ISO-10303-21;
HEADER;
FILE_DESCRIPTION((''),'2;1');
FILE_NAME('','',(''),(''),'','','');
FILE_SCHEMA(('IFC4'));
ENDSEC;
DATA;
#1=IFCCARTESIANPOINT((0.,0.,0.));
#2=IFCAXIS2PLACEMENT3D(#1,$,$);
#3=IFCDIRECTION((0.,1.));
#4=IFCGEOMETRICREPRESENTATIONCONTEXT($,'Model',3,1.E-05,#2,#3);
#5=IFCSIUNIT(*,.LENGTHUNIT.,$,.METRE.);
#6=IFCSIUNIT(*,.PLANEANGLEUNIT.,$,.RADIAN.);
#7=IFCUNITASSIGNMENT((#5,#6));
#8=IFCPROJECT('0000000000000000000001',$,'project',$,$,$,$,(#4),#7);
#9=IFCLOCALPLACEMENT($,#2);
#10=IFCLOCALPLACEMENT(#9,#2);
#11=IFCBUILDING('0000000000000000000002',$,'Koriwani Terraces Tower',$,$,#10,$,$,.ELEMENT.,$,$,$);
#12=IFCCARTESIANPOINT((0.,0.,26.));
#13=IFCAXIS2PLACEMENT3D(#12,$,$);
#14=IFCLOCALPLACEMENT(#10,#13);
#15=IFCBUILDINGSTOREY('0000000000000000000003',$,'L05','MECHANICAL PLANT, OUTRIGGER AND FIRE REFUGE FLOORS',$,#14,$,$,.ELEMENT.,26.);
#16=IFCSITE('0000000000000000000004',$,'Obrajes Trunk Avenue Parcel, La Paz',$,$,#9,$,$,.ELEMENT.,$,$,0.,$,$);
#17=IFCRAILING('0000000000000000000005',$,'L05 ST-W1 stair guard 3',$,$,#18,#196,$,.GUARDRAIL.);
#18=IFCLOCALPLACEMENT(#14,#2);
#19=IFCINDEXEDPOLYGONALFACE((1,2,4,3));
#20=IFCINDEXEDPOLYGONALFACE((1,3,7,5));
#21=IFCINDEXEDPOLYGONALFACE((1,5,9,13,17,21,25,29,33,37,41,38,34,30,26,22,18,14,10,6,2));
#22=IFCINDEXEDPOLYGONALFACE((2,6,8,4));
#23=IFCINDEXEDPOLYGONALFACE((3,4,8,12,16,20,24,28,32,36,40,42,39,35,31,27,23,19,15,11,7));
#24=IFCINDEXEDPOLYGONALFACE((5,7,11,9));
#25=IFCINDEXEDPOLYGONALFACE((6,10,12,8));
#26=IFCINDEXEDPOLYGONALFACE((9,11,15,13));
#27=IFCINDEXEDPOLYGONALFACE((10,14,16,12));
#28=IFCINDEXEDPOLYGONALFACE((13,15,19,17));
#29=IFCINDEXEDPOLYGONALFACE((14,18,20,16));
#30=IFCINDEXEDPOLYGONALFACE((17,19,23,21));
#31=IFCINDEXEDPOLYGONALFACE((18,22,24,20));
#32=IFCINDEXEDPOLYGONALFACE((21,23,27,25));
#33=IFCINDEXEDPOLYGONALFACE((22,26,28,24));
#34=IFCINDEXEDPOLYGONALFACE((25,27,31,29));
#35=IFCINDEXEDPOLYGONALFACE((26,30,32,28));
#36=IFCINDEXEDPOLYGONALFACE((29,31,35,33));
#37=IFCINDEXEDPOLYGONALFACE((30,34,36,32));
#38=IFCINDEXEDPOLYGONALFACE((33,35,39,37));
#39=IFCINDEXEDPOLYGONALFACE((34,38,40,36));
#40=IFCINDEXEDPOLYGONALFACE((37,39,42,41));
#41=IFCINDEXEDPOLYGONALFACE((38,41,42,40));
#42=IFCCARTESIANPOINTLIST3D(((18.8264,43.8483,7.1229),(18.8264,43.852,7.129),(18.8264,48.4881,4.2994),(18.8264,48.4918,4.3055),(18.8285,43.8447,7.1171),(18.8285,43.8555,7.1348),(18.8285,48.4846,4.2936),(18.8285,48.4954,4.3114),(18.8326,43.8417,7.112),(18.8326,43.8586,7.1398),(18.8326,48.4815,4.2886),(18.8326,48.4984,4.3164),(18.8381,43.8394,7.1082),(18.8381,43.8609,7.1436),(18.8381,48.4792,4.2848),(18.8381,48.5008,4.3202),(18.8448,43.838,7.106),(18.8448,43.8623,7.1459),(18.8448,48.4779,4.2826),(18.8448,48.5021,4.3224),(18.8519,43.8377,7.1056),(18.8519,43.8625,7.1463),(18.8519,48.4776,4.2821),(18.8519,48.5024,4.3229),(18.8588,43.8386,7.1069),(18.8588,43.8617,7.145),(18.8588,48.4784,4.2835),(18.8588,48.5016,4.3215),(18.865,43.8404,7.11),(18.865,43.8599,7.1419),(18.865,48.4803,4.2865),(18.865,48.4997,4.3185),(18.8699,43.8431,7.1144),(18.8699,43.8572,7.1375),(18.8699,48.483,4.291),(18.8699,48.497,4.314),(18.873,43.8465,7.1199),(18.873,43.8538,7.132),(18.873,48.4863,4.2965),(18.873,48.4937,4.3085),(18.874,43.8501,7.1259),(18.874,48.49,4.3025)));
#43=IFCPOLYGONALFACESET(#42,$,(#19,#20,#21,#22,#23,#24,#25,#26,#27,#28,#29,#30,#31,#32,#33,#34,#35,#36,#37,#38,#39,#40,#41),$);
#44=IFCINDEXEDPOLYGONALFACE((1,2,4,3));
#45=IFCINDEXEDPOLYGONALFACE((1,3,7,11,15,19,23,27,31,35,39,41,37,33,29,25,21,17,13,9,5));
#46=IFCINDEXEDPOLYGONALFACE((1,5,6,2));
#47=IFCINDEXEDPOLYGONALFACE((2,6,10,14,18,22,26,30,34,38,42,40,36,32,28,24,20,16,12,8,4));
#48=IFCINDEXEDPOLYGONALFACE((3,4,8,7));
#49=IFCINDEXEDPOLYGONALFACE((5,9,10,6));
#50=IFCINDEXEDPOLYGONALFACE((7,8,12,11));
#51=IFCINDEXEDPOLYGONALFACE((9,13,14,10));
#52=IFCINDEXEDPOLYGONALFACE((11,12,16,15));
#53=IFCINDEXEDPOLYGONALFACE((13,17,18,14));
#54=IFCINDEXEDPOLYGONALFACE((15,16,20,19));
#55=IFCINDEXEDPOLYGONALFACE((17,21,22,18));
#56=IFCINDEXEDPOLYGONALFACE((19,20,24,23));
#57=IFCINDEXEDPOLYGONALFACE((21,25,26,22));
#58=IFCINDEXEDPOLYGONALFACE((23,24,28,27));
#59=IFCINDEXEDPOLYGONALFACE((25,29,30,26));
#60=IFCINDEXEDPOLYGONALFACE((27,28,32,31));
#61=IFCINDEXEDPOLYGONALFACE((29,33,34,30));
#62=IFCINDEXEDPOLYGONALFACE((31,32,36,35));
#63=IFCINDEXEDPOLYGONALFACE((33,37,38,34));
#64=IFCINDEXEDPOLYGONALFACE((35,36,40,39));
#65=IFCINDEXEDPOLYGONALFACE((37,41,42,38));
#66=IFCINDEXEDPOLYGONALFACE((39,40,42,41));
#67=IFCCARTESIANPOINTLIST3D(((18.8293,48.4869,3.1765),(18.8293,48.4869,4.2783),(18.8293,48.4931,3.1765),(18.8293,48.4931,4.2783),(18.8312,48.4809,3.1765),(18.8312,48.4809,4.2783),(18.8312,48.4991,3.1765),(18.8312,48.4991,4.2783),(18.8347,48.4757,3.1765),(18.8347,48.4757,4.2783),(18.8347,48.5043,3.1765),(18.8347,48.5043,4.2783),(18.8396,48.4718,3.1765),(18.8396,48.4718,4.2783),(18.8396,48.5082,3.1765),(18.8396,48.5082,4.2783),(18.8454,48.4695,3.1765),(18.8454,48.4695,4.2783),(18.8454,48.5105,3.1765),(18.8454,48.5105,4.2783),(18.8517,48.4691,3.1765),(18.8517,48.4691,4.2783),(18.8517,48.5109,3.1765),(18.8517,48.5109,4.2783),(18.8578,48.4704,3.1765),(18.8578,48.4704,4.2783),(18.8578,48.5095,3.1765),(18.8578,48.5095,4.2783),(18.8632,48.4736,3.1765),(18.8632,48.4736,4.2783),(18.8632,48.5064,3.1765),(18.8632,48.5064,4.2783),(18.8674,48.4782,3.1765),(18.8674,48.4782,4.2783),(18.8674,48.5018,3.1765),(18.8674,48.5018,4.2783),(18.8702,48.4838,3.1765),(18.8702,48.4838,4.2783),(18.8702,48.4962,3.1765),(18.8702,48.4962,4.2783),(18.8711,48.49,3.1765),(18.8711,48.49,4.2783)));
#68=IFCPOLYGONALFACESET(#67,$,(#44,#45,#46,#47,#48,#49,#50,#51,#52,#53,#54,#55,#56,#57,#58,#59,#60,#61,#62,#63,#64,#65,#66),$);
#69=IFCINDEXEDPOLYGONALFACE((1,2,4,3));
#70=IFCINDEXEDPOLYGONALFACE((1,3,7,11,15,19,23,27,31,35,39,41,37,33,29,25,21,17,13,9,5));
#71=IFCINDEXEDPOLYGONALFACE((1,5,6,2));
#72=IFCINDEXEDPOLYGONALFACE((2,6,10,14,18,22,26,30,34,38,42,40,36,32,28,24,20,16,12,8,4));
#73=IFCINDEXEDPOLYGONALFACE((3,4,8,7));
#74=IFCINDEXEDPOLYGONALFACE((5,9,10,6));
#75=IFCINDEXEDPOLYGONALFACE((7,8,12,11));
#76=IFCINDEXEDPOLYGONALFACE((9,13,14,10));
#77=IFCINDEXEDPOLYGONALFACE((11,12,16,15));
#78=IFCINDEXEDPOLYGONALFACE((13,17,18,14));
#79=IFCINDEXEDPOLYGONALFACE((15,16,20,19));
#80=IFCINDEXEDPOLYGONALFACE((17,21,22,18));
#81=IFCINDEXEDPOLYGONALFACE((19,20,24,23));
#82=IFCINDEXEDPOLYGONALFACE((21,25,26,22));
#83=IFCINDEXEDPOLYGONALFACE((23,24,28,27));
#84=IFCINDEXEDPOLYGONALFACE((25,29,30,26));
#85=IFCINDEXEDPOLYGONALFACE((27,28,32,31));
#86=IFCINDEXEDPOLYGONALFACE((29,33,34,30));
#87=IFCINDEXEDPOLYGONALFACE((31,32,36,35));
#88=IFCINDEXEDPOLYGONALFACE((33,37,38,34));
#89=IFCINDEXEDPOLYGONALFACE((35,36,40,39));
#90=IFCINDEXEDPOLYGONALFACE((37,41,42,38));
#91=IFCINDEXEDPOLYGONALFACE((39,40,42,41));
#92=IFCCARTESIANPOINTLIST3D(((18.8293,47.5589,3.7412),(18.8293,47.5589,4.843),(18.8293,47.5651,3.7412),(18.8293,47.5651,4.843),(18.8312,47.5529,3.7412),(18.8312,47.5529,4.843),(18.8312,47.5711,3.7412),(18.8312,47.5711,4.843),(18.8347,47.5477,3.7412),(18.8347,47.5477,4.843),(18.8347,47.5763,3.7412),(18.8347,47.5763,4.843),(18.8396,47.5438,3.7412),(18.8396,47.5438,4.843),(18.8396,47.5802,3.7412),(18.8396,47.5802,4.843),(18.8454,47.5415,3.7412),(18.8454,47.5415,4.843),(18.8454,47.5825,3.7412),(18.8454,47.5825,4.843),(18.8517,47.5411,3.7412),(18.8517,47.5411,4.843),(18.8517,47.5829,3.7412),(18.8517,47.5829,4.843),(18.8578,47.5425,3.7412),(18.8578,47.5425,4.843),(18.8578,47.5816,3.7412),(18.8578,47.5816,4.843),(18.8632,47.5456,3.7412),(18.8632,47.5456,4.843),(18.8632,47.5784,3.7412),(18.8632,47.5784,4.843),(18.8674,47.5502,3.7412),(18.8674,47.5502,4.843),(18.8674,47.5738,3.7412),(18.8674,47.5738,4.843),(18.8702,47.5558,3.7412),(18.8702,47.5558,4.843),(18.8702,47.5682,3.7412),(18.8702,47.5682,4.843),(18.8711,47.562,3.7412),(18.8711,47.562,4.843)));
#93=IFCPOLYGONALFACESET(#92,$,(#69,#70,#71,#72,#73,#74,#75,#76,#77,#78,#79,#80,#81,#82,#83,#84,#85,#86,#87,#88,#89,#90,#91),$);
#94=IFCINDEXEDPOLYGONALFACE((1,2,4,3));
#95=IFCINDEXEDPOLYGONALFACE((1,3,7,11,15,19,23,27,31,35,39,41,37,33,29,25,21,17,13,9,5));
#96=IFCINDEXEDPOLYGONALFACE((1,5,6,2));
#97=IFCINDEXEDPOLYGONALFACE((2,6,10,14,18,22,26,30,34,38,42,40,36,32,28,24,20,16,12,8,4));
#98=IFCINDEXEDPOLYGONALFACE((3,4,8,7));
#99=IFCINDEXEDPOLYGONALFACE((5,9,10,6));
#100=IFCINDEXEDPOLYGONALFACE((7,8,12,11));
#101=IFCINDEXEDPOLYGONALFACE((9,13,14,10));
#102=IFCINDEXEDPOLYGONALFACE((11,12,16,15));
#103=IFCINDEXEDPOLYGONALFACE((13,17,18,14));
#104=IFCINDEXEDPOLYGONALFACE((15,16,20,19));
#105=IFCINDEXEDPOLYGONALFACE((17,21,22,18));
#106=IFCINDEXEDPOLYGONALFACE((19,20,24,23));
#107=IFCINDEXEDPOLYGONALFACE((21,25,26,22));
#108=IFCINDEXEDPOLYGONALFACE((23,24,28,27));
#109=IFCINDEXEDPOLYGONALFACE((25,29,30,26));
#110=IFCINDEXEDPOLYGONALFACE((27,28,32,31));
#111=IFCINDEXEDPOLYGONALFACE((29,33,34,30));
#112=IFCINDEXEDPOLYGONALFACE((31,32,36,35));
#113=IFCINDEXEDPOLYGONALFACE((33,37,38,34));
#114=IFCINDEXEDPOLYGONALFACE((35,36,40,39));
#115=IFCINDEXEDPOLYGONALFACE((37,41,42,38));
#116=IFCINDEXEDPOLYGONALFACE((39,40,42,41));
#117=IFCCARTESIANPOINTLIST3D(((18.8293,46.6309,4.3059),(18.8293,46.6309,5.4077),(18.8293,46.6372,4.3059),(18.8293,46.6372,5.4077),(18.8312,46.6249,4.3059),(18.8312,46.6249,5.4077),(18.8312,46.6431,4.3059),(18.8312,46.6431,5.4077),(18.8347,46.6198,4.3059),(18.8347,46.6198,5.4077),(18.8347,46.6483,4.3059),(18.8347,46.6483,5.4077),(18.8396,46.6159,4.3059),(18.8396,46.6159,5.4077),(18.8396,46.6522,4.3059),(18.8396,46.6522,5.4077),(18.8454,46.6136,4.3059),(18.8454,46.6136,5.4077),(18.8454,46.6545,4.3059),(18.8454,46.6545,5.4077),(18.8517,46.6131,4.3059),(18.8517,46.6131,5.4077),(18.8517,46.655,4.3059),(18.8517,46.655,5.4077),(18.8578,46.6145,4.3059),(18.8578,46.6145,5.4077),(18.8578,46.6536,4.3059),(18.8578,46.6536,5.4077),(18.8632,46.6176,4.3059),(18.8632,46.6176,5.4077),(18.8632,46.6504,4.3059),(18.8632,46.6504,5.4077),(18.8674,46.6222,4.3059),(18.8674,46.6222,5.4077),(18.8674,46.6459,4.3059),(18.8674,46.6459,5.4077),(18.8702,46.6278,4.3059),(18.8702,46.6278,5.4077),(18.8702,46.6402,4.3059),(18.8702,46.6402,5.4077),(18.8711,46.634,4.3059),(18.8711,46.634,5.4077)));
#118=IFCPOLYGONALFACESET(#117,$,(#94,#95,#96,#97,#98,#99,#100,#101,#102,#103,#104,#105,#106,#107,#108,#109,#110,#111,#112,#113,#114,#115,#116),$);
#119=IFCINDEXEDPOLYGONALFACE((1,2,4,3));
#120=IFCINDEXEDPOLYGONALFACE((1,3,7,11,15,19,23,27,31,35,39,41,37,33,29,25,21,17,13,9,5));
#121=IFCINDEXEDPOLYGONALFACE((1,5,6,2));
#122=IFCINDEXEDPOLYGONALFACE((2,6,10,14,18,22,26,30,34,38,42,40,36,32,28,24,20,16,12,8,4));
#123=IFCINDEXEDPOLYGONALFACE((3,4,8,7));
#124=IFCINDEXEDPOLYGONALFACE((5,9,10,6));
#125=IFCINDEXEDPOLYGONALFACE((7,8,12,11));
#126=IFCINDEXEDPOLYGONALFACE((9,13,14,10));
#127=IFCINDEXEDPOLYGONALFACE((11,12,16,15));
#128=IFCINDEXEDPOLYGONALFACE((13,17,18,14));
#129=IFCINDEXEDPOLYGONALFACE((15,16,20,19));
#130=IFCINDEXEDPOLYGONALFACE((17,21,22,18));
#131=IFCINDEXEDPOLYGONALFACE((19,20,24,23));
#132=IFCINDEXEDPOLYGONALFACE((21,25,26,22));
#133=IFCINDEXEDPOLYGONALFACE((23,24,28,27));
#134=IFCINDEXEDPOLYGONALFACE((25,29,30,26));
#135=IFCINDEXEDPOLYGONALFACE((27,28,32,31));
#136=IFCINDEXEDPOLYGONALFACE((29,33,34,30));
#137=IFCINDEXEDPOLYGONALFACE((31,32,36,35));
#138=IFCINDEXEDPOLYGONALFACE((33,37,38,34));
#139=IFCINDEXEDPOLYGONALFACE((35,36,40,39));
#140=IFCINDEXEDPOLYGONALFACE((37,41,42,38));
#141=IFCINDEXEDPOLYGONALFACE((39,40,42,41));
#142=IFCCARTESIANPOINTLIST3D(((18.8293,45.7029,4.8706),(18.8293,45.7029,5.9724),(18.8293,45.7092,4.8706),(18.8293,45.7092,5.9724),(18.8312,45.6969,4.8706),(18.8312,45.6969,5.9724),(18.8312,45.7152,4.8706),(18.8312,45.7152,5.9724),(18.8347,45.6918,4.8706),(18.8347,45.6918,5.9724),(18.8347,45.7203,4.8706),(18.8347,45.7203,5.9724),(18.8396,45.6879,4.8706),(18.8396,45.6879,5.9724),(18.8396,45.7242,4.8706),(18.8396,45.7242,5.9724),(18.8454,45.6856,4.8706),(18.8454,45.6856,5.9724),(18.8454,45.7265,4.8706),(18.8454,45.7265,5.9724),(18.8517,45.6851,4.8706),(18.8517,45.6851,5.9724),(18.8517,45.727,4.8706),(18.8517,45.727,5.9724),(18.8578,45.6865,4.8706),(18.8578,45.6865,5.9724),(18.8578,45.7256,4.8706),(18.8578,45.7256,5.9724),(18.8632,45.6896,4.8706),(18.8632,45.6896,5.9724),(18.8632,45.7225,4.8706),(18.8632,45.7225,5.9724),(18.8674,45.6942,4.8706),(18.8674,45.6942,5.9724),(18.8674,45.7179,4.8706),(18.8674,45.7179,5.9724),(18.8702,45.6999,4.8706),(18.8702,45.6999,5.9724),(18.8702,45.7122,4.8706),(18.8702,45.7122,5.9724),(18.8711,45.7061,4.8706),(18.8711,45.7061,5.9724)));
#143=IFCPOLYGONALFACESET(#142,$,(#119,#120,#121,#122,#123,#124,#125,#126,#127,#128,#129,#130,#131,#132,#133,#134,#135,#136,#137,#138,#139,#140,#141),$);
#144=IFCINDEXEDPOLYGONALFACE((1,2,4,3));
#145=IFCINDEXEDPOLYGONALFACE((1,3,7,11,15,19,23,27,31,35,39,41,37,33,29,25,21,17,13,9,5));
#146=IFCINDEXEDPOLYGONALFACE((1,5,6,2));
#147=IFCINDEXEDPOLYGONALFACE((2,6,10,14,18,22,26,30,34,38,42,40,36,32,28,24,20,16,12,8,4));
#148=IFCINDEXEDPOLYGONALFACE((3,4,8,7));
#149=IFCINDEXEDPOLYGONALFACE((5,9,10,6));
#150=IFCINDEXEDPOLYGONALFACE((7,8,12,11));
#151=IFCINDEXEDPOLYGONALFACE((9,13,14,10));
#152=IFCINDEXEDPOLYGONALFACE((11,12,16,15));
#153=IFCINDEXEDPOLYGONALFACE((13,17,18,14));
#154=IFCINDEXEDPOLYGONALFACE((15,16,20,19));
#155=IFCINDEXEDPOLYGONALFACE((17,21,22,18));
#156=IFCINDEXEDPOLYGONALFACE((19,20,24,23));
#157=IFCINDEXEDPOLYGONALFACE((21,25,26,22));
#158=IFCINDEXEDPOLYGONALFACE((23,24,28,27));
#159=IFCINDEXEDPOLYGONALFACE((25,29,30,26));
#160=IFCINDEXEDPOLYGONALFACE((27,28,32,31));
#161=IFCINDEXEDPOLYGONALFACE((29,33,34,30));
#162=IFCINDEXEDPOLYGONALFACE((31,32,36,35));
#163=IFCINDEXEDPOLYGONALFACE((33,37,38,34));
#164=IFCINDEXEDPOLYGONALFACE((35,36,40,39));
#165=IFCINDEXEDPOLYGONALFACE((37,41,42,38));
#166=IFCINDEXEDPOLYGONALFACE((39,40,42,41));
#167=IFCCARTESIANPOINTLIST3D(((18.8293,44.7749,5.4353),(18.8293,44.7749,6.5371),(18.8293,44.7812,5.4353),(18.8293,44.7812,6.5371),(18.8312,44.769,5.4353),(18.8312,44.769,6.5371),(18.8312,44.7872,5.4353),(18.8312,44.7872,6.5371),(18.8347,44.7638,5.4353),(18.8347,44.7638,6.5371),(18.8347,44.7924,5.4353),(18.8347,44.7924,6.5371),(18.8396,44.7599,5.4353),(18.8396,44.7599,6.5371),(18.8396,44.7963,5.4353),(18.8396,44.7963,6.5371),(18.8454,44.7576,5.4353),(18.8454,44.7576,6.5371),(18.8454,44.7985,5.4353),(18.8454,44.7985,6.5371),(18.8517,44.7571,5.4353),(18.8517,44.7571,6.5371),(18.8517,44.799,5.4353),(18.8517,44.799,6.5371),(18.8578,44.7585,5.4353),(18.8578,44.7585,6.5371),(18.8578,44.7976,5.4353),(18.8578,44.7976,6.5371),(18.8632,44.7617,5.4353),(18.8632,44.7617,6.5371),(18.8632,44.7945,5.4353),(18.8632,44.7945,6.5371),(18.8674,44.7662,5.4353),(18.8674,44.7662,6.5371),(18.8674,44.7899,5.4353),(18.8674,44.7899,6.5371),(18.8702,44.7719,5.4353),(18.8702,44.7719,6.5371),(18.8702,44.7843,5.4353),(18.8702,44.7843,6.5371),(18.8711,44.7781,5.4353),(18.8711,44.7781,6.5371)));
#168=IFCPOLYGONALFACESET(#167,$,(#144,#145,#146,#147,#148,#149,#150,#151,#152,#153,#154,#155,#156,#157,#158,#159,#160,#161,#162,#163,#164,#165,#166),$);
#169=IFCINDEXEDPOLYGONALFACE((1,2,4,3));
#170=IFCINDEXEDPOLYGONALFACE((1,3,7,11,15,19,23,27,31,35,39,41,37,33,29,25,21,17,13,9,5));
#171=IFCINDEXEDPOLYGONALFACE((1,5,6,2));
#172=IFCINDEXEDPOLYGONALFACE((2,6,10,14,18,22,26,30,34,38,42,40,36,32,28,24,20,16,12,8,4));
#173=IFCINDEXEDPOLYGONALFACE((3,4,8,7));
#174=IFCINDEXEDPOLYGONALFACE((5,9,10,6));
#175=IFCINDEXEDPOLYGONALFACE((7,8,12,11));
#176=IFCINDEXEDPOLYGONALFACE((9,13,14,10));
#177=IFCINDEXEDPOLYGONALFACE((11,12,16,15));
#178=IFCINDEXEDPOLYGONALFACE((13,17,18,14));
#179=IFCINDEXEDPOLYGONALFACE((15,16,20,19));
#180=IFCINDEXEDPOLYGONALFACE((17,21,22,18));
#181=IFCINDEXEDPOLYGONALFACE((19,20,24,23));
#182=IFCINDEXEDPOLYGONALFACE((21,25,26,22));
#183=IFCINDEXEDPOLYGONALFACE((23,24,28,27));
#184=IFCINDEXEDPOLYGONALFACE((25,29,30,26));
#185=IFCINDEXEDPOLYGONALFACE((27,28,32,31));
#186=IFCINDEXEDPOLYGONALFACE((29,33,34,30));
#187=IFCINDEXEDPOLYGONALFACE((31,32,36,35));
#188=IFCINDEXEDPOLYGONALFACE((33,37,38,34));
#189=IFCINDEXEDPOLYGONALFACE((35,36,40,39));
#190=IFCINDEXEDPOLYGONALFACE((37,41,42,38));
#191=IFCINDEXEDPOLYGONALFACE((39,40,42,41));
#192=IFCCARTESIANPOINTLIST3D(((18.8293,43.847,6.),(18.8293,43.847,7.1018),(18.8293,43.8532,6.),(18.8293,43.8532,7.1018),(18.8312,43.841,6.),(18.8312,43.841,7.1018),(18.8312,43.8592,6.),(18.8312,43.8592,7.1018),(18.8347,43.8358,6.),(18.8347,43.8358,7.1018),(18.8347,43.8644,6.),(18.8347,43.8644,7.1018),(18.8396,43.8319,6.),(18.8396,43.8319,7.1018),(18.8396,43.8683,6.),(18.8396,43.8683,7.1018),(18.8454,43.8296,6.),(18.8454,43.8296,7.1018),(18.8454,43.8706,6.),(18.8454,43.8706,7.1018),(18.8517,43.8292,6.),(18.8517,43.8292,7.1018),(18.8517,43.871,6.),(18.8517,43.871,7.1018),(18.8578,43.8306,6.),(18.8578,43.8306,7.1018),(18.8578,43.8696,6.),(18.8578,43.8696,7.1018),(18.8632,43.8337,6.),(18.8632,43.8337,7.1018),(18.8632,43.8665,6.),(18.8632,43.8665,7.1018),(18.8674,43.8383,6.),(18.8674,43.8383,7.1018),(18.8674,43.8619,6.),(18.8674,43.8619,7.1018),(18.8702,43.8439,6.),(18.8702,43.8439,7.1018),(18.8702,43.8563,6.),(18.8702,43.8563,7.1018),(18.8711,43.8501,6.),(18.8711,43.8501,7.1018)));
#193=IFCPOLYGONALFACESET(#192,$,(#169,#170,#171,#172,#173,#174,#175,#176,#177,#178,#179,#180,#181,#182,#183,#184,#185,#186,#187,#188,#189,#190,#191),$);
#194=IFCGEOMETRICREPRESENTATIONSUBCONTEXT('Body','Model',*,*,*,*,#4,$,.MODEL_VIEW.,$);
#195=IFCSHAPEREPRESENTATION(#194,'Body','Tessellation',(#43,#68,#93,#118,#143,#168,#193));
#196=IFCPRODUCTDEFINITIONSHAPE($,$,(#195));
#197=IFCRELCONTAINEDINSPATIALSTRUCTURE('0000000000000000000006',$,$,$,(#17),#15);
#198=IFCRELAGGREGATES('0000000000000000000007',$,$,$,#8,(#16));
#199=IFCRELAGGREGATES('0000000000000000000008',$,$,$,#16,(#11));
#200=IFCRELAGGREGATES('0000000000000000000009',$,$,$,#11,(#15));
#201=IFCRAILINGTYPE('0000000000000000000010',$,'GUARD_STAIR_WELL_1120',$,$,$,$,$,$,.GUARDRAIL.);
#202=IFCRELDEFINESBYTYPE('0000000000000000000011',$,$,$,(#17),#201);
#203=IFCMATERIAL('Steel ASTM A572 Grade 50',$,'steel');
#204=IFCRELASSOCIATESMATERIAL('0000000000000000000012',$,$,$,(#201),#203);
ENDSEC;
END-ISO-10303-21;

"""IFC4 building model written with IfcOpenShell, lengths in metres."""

from ifc_helpers import new_model, si_unit, direction, frame, origin, origin_2d, place, context, subcontext, project, spatial, circle, extrude, material, type_object, element, save


model = new_model("IFC4")

# Units and contexts
model_context = context("Model", 3, precision=1e-05, world=origin(), true_north=direction((0.0, 1.0)))
body_context = subcontext(model_context, "Body", "Model", "MODEL_VIEW")
ifc_project = project(units=[si_unit("LENGTHUNIT", "METRE"), si_unit("PLANEANGLEUNIT", "RADIAN")], contexts=[model_context])

# Site, building, storey
site_placement = place(None, origin())
site = spatial("IfcSite", under=ifc_project, at=site_placement, Name="Obrajes Trunk Avenue Parcel, La Paz", CompositionType="ELEMENT", RefElevation=0.0)
building_placement = place(site_placement, origin())
building = spatial("IfcBuilding", under=site, at=building_placement, Name="Koriwani Terraces Tower", CompositionType="ELEMENT")
storey_placement = place(building_placement, frame((0.0, 0.0, 26.0)))
storey = spatial("IfcBuildingStorey", under=building, at=storey_placement, Name="L05", Description="MECHANICAL PLANT, OUTRIGGER AND FIRE REFUGE FLOORS", CompositionType="ELEMENT", Elevation=26.0)

# Shared definitions
ifc_material_1 = material(Name="Steel ASTM A572 Grade 50", Category="steel")

# Railing
railing_type_1 = type_object("IfcRailingType", Name="GUARD_STAIR_WELL_1120", PredefinedType="GUARDRAIL", material=ifc_material_1)
for number, where, name in (
    (1, (18.8501, 48.49, 3.1765), "L05 ST-W1 stair guard 3"),
):
    element("IfcRailing", number, at=place(storey_placement, frame(where)), inside=storey, type_object=railing_type_1, Name=name, PredefinedType="GUARDRAIL", context=body_context, shape_type="SweptSolid", body=[
        extrude(circle(Radius=0.0239, at=origin_2d()), frame((0.0, 0.0, 1.126), z_axis=(0.0, -0.854264, 0.51984), x_axis=(1.0, 0.0, 0.0)), (0.0, 0.0, 1.0), 5.4314),
        extrude(circle(Radius=0.021, at=origin_2d()), origin(), (0.0, 0.0, 1.0), 1.1018),
        extrude(circle(Radius=0.021, at=origin_2d()), frame((0.0, -0.928, 0.5647)), (0.0, 0.0, 1.0), 1.1018),
        extrude(circle(Radius=0.021, at=origin_2d()), frame((0.0, -1.856, 1.1294)), (0.0, 0.0, 1.0), 1.1018),
        extrude(circle(Radius=0.021, at=origin_2d()), frame((0.0, -2.7839, 1.6941)), (0.0, 0.0, 1.0), 1.1018),
        extrude(circle(Radius=0.021, at=origin_2d()), frame((0.0, -3.7119, 2.2588)), (0.0, 0.0, 1.0), 1.1018),
        extrude(circle(Radius=0.021, at=origin_2d()), frame((0.0, -4.6399, 2.8235)), (0.0, 0.0, 1.0), 1.1018),
    ])

save(model, "model.ifc")
